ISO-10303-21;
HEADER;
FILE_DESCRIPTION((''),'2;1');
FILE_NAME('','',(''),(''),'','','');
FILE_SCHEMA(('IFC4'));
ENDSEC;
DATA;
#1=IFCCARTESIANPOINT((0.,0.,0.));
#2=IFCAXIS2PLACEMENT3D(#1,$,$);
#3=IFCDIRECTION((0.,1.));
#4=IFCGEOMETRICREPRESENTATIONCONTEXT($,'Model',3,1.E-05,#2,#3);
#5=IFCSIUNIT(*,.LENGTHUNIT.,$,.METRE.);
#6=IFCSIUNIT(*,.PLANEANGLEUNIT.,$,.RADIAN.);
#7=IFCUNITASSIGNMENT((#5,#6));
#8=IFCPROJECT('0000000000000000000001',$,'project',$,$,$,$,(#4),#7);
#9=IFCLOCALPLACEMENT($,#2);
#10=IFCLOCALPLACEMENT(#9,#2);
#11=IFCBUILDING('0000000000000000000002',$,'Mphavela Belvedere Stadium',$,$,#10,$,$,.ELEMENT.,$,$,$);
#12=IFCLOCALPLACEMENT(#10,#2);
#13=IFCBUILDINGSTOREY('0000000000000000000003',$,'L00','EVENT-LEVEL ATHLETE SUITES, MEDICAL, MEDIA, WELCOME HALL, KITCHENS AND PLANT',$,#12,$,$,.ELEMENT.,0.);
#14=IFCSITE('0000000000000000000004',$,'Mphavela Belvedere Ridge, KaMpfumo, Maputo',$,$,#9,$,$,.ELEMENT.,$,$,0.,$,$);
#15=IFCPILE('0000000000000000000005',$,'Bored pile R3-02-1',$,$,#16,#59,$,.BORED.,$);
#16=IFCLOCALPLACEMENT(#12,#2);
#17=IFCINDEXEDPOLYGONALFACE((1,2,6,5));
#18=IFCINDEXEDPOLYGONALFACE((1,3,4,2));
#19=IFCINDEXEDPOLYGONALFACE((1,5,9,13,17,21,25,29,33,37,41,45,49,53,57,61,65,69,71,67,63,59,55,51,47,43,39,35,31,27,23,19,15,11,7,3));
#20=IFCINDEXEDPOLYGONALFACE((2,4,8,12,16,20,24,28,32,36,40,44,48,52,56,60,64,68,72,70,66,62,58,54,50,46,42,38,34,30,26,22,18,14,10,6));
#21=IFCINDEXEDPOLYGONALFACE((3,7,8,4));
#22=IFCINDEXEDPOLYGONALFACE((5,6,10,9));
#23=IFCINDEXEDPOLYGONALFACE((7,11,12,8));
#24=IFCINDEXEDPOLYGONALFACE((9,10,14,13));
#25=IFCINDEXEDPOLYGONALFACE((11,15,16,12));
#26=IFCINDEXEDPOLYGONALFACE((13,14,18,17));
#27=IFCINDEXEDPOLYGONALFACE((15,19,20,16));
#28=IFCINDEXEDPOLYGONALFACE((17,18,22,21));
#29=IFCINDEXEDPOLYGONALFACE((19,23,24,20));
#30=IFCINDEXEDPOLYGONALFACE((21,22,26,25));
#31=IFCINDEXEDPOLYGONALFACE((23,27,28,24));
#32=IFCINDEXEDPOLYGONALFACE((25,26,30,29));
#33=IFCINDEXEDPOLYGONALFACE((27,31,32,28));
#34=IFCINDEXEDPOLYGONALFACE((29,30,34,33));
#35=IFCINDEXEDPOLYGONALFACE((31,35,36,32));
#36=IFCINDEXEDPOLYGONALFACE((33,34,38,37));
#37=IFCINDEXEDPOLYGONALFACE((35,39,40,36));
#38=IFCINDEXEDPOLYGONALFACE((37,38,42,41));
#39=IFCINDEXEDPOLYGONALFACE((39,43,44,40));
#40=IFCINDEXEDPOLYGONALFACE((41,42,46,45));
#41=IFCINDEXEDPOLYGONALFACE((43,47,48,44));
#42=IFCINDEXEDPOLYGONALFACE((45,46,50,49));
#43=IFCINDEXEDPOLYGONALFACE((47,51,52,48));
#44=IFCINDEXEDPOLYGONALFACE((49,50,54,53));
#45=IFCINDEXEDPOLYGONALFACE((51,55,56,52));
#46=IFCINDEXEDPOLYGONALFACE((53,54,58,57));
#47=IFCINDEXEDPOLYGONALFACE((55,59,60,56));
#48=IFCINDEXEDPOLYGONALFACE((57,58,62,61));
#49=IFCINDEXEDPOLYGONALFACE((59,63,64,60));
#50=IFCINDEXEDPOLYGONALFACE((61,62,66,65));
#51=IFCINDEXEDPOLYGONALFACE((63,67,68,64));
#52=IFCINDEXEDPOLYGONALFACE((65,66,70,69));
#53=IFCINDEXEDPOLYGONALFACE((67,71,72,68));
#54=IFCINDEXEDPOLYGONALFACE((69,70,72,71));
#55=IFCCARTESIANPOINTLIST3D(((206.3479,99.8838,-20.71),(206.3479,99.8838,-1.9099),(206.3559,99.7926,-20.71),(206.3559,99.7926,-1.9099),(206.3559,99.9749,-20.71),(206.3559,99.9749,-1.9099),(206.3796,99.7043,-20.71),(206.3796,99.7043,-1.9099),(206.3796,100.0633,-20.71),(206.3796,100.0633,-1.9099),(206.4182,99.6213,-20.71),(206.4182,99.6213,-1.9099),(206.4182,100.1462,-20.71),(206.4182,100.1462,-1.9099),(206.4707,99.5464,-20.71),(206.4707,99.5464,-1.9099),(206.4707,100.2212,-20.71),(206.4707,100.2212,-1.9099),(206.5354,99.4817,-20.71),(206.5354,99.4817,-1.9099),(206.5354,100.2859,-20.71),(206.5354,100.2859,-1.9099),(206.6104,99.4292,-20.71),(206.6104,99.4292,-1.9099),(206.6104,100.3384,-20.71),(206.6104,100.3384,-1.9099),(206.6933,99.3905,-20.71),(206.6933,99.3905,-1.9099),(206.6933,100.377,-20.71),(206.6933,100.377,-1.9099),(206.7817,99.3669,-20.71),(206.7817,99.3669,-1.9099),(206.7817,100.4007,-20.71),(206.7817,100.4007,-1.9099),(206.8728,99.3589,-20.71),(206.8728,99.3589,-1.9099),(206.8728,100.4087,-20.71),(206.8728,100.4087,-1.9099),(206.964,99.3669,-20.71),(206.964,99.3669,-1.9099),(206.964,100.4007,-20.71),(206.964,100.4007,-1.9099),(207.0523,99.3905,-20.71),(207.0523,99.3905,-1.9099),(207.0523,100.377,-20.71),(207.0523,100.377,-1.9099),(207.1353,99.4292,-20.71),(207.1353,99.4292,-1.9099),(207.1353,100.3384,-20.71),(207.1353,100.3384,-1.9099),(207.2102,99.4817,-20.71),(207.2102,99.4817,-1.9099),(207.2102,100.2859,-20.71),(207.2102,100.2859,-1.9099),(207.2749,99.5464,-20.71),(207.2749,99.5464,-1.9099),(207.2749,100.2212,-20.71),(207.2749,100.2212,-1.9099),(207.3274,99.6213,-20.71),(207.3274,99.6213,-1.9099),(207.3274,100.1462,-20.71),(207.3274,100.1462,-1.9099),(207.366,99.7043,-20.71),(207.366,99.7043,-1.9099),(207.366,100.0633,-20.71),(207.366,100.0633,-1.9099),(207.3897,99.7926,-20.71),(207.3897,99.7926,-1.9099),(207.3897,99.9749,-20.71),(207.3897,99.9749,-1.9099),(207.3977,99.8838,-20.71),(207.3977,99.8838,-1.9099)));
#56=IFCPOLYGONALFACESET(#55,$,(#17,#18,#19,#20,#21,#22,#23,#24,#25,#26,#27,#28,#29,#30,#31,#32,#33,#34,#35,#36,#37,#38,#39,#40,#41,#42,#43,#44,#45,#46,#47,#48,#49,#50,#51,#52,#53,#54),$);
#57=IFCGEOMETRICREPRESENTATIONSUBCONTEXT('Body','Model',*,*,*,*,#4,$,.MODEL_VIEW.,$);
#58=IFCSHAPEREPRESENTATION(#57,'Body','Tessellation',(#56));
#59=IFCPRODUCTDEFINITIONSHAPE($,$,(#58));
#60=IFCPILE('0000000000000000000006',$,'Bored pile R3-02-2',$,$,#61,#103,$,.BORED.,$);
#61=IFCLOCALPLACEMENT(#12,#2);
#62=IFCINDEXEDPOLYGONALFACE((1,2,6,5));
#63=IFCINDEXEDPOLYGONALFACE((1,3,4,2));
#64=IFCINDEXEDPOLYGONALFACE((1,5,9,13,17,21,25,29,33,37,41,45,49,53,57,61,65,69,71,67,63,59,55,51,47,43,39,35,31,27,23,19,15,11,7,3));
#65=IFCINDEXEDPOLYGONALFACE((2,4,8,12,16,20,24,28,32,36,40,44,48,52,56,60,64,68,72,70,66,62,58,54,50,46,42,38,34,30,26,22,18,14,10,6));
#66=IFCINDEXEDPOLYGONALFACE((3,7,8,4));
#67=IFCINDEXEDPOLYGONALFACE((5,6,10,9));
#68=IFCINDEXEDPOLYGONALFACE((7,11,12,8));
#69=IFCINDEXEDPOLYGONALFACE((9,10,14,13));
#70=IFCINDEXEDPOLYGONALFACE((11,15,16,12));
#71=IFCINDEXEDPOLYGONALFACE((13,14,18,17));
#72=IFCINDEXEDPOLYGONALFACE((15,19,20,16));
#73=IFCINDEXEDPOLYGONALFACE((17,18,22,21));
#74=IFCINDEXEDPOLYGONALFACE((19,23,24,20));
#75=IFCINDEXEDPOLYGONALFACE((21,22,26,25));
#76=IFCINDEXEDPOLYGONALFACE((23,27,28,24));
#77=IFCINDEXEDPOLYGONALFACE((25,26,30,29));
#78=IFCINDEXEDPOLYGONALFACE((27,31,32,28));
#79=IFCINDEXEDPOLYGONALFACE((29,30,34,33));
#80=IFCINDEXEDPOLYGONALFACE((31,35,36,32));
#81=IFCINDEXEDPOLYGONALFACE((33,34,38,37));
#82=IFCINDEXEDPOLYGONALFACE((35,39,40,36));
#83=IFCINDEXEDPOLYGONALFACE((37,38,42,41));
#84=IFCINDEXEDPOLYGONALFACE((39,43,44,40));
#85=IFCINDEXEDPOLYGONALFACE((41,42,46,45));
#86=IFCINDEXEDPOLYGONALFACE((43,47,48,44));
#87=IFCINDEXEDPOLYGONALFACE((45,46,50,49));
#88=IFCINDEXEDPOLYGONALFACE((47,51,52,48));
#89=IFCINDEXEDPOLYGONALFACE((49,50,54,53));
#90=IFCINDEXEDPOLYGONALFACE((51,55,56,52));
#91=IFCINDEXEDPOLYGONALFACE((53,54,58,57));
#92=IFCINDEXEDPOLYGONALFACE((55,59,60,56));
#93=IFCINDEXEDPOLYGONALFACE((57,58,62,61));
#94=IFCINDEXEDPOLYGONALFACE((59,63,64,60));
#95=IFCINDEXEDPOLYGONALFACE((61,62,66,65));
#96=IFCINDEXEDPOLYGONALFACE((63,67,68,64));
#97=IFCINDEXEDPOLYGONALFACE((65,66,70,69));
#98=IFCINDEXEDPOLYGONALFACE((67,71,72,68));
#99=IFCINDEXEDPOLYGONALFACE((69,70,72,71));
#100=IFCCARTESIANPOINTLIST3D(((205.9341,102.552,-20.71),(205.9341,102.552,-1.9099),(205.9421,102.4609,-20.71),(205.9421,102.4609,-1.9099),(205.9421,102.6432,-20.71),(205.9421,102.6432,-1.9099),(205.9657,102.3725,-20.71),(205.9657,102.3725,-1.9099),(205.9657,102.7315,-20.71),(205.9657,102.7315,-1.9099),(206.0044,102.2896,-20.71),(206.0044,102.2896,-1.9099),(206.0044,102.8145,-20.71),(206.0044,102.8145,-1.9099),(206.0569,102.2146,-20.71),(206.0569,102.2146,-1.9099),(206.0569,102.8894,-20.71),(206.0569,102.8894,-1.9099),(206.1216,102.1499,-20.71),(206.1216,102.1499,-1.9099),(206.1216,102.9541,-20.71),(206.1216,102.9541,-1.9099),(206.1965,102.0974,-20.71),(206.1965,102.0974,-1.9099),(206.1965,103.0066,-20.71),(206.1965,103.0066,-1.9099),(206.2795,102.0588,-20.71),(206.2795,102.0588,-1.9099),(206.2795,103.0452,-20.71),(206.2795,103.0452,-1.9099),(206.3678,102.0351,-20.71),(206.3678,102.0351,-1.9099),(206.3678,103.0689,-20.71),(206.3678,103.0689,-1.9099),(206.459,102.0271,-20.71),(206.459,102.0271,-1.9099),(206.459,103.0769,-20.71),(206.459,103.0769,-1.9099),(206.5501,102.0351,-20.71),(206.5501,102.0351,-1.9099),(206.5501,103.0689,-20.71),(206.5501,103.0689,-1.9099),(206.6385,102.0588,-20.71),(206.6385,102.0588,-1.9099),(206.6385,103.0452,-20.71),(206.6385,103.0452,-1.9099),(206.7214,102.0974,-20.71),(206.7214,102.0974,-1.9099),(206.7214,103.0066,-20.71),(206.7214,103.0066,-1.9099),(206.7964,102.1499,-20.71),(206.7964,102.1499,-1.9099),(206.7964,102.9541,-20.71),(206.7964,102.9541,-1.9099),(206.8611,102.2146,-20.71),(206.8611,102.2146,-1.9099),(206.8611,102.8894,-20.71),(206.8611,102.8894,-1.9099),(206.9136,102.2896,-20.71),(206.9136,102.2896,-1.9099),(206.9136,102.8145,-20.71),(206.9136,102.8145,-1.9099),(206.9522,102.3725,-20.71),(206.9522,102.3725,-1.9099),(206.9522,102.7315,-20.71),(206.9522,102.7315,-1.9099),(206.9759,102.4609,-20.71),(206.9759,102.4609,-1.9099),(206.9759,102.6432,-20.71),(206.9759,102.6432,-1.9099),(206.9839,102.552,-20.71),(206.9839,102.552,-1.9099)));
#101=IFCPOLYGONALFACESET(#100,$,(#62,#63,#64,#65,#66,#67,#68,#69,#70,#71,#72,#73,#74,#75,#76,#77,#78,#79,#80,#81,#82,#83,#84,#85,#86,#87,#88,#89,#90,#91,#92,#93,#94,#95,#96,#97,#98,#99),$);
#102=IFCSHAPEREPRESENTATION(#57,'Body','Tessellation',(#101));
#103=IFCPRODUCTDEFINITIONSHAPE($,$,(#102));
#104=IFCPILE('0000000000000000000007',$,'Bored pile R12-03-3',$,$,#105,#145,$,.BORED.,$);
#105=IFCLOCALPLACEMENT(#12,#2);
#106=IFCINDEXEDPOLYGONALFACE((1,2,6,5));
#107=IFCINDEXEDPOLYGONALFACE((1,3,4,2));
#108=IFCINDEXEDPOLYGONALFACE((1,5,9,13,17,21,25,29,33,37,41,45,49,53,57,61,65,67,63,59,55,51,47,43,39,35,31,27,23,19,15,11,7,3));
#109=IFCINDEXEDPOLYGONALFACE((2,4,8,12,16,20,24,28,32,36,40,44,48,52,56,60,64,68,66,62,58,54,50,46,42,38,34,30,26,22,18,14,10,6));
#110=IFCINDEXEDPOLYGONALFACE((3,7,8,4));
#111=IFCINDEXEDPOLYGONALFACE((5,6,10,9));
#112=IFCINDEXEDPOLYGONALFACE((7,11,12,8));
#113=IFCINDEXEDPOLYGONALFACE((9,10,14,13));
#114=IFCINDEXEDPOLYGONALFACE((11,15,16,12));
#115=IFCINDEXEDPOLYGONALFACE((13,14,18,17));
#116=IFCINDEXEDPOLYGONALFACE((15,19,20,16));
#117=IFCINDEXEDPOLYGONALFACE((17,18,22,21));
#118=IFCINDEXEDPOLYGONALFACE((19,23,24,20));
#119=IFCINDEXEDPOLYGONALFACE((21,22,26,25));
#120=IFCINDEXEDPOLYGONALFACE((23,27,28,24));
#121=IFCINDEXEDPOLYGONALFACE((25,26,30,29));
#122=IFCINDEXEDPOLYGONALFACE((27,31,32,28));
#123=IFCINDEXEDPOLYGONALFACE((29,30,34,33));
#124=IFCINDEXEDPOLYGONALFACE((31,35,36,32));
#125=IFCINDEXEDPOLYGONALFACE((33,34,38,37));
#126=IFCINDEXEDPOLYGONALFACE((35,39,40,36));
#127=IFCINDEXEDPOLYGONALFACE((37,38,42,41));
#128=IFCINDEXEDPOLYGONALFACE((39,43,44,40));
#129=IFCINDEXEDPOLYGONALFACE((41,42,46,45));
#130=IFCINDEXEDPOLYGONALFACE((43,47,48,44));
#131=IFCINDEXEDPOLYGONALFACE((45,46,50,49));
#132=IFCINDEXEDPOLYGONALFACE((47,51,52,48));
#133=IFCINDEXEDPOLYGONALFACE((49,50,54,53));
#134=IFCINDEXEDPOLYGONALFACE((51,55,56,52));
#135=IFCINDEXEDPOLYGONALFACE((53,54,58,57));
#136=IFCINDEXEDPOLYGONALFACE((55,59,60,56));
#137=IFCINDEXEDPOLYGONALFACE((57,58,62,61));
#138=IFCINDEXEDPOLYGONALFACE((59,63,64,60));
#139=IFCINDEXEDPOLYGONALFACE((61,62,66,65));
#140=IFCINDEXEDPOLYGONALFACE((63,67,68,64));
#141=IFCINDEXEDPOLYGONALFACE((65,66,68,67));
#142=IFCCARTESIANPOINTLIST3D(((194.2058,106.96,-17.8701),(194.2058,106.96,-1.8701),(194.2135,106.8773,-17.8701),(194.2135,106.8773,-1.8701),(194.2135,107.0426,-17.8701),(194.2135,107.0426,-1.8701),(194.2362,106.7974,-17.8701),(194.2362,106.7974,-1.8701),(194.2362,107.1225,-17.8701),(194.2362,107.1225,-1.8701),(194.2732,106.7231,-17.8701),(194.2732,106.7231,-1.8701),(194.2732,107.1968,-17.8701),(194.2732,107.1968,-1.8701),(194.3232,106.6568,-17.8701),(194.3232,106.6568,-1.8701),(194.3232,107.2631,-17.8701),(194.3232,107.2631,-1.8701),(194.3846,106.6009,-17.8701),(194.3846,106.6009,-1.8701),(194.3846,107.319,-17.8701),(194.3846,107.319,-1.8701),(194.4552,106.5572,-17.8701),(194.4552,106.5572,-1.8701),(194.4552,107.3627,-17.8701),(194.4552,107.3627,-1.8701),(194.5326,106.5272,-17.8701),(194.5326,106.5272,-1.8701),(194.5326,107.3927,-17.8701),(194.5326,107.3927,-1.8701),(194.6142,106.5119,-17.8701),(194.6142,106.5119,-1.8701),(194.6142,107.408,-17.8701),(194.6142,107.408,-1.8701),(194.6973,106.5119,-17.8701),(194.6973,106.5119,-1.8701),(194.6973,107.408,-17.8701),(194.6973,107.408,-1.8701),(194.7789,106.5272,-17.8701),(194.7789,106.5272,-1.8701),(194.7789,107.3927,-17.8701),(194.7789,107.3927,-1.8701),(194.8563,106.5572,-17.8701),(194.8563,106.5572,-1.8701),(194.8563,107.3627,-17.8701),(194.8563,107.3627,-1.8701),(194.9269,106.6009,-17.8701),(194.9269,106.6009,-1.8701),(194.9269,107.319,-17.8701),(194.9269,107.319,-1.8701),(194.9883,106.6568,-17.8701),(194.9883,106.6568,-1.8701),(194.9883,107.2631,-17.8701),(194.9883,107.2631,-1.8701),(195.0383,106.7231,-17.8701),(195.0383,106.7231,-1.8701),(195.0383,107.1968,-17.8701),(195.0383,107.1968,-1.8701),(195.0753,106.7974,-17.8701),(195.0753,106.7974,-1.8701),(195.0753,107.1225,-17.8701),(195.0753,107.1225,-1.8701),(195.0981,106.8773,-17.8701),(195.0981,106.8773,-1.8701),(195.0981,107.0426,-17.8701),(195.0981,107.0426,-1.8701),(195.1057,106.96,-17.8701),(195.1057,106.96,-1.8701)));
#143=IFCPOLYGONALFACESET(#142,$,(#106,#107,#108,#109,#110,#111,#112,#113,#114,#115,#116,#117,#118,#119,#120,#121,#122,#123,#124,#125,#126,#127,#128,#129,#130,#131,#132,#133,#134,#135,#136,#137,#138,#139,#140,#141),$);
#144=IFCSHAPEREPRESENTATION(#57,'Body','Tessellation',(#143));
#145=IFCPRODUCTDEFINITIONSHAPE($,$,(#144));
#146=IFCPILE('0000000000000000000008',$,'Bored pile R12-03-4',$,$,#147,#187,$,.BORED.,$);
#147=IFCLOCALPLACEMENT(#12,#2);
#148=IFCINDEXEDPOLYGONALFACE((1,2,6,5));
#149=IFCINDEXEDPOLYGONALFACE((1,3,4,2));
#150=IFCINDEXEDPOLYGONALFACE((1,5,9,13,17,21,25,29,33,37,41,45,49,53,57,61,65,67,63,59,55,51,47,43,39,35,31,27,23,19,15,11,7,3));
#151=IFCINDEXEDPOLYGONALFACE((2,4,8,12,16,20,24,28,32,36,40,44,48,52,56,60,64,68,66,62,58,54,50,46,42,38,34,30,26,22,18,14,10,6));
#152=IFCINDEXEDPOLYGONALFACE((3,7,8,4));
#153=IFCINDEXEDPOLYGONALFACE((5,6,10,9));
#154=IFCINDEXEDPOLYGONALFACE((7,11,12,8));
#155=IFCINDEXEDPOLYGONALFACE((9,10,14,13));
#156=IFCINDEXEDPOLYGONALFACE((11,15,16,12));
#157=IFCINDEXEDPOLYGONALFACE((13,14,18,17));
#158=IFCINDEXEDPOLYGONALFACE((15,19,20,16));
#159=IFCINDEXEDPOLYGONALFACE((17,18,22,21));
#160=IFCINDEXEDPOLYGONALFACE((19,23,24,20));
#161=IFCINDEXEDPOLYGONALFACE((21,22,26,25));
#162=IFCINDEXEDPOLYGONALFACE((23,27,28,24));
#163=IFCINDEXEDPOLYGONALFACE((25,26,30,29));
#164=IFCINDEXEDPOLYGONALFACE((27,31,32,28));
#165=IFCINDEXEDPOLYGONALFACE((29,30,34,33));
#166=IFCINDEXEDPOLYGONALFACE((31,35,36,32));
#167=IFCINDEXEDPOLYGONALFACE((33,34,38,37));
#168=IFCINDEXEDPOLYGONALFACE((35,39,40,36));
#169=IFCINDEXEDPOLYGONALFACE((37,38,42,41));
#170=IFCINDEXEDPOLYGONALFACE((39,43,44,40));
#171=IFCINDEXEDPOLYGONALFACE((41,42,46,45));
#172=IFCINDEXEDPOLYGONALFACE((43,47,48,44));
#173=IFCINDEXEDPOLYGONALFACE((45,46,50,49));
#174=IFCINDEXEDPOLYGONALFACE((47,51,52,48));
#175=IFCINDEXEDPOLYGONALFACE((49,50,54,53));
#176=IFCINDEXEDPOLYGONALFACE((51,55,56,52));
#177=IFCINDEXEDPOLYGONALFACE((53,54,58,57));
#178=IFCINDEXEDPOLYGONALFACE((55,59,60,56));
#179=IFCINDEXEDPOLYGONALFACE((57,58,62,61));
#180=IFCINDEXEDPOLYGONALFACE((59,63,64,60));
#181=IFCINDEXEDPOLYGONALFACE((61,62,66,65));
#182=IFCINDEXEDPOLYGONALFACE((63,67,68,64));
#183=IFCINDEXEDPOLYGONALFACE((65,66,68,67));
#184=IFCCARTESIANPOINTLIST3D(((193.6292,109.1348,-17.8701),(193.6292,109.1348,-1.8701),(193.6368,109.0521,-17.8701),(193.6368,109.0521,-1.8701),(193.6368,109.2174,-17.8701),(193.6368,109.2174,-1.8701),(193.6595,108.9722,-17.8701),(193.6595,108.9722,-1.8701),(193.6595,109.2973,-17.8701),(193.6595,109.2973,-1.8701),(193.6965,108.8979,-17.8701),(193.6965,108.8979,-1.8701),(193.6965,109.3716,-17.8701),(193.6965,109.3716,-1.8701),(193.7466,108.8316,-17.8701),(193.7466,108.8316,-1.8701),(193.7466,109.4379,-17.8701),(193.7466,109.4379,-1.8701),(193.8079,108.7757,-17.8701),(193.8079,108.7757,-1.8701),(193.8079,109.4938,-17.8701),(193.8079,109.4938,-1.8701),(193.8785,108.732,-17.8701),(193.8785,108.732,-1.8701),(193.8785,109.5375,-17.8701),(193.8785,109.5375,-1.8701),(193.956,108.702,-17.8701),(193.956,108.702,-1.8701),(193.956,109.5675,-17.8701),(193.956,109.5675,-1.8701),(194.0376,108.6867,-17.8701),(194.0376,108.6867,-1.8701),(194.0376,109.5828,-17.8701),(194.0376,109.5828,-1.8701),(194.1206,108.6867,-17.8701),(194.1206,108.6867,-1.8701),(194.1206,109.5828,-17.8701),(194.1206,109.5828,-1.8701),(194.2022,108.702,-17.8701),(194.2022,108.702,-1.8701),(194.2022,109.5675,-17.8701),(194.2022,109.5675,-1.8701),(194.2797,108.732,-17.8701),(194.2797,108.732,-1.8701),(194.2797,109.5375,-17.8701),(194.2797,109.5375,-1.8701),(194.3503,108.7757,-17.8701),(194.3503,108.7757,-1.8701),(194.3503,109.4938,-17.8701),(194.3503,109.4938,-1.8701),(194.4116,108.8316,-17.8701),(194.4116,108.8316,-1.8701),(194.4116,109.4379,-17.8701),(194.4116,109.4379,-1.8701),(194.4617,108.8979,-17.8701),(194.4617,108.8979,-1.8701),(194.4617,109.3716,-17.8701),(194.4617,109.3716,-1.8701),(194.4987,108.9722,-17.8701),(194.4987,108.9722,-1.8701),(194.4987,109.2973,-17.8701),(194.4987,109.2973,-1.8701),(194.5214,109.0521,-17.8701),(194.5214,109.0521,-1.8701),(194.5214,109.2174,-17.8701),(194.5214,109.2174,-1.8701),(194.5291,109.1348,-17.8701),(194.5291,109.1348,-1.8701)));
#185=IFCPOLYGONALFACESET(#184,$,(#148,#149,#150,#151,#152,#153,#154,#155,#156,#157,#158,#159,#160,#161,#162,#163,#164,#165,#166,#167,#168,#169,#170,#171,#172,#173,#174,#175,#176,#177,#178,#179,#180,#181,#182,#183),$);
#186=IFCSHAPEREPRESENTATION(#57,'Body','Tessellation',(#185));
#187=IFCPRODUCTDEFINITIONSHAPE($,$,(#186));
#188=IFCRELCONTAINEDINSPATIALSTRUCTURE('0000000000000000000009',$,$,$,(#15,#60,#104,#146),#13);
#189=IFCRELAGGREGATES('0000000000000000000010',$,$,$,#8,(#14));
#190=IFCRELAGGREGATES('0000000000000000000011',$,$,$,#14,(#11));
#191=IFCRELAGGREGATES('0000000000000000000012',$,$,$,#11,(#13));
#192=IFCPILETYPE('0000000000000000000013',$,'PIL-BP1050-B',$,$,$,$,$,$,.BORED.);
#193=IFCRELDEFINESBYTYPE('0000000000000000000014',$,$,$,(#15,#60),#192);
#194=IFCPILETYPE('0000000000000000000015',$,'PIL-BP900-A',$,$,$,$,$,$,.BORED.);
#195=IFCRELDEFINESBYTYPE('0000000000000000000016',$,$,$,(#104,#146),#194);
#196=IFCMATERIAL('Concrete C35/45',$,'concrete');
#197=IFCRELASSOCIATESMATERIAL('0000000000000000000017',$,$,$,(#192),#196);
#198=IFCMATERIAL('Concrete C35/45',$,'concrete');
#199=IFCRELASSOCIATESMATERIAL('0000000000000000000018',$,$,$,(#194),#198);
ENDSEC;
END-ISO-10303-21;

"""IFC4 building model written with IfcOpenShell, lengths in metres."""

from ifc_helpers import new_model, si_unit, direction, frame, origin, origin_2d, place, context, subcontext, project, spatial, circle, extrude, material, material_profile, profile_set, type_object, element, save


model = new_model("IFC4")

# Units and contexts
model_context = context("Model", 3, precision=1e-05, world=origin(), true_north=direction((0.0, 1.0)))
body_context = subcontext(model_context, "Body", "Model", "MODEL_VIEW")
ifc_project = project(units=[si_unit("LENGTHUNIT", "METRE"), si_unit("PLANEANGLEUNIT", "RADIAN")], contexts=[model_context])

# Site, building, storey
site_placement = place(None, origin())
site = spatial("IfcSite", under=ifc_project, at=site_placement, Name="Mphavela Belvedere Ridge, KaMpfumo, Maputo", CompositionType="ELEMENT", RefElevation=0.0)
building_placement = place(site_placement, origin())
building = spatial("IfcBuilding", under=site, at=building_placement, Name="Mphavela Belvedere Stadium", CompositionType="ELEMENT")
storey_placement = place(building_placement, origin())
storey = spatial("IfcBuildingStorey", under=building, at=storey_placement, Name="L00", Description="EVENT-LEVEL ATHLETE SUITES, MEDICAL, MEDIA, WELCOME HALL, KITCHENS AND PLANT", CompositionType="ELEMENT", Elevation=0.0)

# Piles
ifc_material_1 = material(Name="Concrete C35/45", Category="concrete")
ifc_material_profile_1 = material_profile(ifc_material_1, circle(Radius=0.5249, at=origin_2d()), Name="BP D1050")
ifc_profile_set_1 = profile_set([ifc_material_profile_1], Name="Concrete C35/45")
pile_type_1 = type_object("IfcPileType", Name="PIL-BP1050-B", PredefinedType="BORED", material=ifc_profile_set_1)
for number, where, z_axis, x_axis, name in (
    (1, (206.8728, 99.8838, -1.9099), (0.0, 0.0, -1.0), (1.0, 0.0, 0.0), "Bored pile R3-02-1"),
    (2, (206.459, 102.552, -1.9099), (0.0, 0.0, -1.0), (1.0, 0.0, 0.0), "Bored pile R3-02-2"),
):
    element("IfcPile", number, at=place(storey_placement, frame(where, z_axis=z_axis, x_axis=x_axis)), inside=storey, type_object=pile_type_1, Name=name, PredefinedType="BORED", context=body_context, shape_type="SweptSolid", body=[
        extrude(circle(Radius=0.5249, at=origin_2d()), origin(), (0.0, 0.0, 1.0), 18.8),
    ])
ifc_material_2 = material(Name="Concrete C35/45", Category="concrete")
ifc_material_profile_2 = material_profile(ifc_material_2, circle(Radius=0.45, at=origin_2d()), Name="BP D900")
ifc_profile_set_2 = profile_set([ifc_material_profile_2], Name="Concrete C35/45")
pile_type_2 = type_object("IfcPileType", Name="PIL-BP900-A", PredefinedType="BORED", material=ifc_profile_set_2)
for number, where, z_axis, x_axis, name in (
    (3, (194.6558, 106.96, -1.8701), (0.0, 0.0, -1.0), (1.0, 0.0, 0.0), "Bored pile R12-03-3"),
    (4, (194.0791, 109.1348, -1.8701), (0.0, 0.0, -1.0), (1.0, 0.0, 0.0), "Bored pile R12-03-4"),
):
    element("IfcPile", number, at=place(storey_placement, frame(where, z_axis=z_axis, x_axis=x_axis)), inside=storey, type_object=pile_type_2, Name=name, PredefinedType="BORED", context=body_context, shape_type="SweptSolid", body=[
        extrude(circle(Radius=0.45, at=origin_2d()), origin(), (0.0, 0.0, 1.0), 16.0),
    ])

save(model, "model.ifc")
